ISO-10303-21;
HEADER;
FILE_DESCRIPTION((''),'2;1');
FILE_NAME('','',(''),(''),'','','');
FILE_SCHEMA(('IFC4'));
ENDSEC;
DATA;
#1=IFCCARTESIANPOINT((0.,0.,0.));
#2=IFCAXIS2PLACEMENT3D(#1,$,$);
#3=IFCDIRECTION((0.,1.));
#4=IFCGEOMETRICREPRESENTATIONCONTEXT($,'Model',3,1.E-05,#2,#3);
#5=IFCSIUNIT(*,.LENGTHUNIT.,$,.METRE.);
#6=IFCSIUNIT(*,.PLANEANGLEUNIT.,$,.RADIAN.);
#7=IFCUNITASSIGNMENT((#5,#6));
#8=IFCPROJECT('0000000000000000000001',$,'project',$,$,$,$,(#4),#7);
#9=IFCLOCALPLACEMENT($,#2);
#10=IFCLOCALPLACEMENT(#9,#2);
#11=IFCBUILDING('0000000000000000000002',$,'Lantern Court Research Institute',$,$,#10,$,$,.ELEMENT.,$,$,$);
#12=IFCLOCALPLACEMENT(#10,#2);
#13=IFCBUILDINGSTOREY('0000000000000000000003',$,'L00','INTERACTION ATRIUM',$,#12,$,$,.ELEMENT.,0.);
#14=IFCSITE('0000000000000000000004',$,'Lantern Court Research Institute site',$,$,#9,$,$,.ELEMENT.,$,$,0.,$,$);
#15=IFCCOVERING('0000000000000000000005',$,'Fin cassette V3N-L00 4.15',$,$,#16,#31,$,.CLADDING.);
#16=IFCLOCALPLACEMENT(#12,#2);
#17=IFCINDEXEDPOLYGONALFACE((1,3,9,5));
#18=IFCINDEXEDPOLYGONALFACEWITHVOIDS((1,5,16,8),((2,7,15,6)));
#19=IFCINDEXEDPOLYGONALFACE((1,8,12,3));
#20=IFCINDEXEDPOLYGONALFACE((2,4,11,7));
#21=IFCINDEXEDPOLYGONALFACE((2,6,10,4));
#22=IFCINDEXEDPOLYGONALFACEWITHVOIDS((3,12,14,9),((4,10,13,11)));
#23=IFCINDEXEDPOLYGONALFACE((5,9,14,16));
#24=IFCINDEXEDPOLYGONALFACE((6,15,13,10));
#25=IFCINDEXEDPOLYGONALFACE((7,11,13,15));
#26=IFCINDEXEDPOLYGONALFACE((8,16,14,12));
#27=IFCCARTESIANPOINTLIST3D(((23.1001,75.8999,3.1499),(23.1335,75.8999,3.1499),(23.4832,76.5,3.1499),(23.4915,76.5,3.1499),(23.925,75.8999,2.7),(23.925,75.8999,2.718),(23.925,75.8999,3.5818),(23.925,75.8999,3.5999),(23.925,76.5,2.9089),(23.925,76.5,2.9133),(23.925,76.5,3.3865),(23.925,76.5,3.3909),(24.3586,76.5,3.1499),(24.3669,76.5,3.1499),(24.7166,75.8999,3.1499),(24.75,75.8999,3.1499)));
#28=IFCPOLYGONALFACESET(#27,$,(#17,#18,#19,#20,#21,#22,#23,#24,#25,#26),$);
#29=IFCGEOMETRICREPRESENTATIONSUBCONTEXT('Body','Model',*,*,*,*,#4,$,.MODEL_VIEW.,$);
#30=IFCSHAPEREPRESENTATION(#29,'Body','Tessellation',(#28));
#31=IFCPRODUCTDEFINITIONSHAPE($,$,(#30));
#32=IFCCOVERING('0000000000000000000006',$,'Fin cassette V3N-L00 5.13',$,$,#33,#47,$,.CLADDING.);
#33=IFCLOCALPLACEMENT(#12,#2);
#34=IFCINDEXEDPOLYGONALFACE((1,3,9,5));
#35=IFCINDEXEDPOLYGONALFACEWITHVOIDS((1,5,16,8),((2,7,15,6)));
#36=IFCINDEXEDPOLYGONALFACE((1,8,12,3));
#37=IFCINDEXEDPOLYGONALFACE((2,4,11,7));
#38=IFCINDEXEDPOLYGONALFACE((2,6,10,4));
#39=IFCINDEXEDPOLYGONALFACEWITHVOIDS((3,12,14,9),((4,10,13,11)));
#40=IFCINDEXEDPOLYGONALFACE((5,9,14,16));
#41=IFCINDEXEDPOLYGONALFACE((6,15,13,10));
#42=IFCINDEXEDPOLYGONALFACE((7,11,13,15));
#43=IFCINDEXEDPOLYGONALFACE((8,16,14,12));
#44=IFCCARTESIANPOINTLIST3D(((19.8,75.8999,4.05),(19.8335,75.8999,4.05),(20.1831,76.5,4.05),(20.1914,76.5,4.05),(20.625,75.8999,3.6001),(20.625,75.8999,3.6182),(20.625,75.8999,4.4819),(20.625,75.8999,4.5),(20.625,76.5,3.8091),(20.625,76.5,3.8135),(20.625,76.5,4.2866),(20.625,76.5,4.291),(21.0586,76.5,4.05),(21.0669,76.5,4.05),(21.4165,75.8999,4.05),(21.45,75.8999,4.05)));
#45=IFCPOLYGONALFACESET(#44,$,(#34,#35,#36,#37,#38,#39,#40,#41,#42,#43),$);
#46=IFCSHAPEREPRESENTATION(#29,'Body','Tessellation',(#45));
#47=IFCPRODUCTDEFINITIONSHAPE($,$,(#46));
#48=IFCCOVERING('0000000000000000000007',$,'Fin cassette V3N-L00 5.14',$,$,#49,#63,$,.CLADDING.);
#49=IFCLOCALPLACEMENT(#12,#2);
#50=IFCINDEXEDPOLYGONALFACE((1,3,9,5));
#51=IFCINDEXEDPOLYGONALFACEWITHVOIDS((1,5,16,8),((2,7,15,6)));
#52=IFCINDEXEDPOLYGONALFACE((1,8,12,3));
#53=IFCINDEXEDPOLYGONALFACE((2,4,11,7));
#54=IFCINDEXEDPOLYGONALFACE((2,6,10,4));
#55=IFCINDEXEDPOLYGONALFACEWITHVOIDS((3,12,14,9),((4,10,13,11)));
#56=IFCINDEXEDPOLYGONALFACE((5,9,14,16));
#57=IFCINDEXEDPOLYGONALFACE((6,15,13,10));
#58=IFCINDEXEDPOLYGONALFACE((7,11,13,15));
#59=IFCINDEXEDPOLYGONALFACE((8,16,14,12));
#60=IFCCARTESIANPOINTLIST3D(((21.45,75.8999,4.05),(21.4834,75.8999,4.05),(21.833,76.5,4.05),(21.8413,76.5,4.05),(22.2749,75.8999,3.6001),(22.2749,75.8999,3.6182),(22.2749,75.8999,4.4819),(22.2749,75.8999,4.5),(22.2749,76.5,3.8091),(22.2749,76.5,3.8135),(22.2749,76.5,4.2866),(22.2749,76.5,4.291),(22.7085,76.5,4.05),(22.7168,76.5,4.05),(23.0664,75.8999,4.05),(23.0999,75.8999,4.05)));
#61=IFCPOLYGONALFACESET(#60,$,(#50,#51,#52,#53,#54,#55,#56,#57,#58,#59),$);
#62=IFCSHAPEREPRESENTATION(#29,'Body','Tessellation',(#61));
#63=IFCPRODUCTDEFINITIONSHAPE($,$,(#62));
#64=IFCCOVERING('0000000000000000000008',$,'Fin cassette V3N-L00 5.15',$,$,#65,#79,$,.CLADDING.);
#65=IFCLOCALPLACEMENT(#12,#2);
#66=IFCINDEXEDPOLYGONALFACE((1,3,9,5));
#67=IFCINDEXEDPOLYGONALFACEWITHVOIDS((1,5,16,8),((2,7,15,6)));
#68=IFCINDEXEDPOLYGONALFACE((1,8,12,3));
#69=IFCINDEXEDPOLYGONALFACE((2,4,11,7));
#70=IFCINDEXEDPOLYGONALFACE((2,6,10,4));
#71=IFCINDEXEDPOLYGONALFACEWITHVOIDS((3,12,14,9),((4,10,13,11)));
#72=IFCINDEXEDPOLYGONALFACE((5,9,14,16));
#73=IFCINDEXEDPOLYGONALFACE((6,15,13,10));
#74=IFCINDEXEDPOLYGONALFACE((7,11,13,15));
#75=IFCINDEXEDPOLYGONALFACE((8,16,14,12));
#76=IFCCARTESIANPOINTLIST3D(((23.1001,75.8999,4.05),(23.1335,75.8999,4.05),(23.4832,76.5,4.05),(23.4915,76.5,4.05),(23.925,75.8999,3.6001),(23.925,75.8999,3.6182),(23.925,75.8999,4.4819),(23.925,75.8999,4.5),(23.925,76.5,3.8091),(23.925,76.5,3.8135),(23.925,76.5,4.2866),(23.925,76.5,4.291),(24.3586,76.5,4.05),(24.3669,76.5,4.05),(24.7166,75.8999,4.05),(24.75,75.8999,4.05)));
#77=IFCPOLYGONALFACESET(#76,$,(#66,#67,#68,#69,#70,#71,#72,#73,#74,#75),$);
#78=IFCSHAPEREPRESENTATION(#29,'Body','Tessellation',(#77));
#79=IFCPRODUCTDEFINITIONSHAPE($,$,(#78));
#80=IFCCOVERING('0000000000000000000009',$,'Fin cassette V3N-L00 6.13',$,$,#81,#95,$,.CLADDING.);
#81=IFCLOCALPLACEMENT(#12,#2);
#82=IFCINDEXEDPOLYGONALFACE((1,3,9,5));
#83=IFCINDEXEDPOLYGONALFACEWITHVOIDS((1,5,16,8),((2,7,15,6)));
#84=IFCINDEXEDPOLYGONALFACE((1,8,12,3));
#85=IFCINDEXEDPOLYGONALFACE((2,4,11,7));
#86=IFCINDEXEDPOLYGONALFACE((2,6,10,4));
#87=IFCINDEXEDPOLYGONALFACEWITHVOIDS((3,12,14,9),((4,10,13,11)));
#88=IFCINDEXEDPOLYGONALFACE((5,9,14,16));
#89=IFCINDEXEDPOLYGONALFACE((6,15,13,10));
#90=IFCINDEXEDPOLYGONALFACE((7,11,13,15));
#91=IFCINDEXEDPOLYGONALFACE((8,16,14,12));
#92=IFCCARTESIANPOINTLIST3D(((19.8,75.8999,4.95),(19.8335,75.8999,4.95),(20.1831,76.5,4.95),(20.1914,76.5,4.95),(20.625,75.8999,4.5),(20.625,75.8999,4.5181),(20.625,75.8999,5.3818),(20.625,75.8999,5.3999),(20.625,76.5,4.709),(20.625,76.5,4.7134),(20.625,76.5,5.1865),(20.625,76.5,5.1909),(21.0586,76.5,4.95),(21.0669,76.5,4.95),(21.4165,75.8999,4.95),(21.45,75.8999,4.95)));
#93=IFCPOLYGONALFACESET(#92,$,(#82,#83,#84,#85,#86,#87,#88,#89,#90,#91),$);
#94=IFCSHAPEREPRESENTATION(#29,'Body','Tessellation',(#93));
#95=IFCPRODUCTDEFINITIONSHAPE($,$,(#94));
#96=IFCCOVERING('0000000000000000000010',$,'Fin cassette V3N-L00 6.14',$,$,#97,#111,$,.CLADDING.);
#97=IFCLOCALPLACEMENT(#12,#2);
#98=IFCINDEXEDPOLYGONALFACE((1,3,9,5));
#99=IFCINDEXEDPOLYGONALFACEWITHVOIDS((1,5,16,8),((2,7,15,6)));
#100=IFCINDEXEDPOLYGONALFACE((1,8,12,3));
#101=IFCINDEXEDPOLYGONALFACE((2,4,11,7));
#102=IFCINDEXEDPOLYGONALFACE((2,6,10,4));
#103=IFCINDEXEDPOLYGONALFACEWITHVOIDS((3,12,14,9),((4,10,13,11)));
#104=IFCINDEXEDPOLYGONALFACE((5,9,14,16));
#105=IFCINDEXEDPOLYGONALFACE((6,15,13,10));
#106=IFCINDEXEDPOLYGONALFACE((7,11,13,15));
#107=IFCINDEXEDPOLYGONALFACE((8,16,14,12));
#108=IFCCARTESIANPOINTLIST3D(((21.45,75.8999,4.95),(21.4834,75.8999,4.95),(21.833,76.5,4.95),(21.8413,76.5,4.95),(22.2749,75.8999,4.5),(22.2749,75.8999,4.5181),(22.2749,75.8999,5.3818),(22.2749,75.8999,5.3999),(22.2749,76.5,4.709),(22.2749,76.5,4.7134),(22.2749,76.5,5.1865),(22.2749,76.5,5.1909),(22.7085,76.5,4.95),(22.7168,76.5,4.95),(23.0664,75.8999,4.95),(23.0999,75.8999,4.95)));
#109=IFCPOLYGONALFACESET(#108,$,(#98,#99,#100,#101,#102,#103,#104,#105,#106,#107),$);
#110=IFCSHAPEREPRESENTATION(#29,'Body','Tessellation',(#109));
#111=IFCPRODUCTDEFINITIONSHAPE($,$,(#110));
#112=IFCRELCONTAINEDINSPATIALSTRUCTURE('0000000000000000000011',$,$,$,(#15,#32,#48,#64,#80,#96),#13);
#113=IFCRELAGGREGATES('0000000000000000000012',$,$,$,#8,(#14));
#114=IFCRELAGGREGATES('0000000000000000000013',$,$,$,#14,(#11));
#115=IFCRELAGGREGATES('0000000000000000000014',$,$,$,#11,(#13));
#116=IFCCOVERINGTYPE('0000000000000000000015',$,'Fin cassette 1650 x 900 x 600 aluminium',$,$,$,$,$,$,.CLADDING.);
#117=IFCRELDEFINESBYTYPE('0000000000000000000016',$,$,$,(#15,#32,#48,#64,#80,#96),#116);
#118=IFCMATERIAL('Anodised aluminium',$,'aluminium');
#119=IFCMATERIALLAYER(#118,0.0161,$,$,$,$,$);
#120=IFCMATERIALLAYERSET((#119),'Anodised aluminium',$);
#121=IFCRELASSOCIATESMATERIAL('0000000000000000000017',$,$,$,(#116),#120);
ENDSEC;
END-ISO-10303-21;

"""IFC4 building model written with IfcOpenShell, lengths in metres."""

from ifc_helpers import new_model, entity, si_unit, direction, frame, origin, place, context, subcontext, project, spatial, material, layer, layer_set, type_object, element, save


model = new_model("IFC4")

# Units and contexts
model_context = context("Model", 3, precision=1e-05, world=origin(), true_north=direction((0.0, 1.0)))
body_context = subcontext(model_context, "Body", "Model", "MODEL_VIEW")
ifc_project = project(units=[si_unit("LENGTHUNIT", "METRE"), si_unit("PLANEANGLEUNIT", "RADIAN")], contexts=[model_context])

# Site, building, storey
site_placement = place(None, origin())
site = spatial("IfcSite", under=ifc_project, at=site_placement, Name="Lantern Court Research Institute site", CompositionType="ELEMENT", RefElevation=0.0)
building_placement = place(site_placement, origin())
building = spatial("IfcBuilding", under=site, at=building_placement, Name="Lantern Court Research Institute", CompositionType="ELEMENT")
storey_placement = place(building_placement, origin())
storey = spatial("IfcBuildingStorey", under=building, at=storey_placement, Name="L00", Description="INTERACTION ATRIUM", CompositionType="ELEMENT", Elevation=0.0)

# Coverings
ifc_material_1 = material(Name="Anodised aluminium", Category="aluminium")
ifc_layer_1 = layer(ifc_material_1, 0.0161)
ifc_layer_set_1 = layer_set([ifc_layer_1], Name="Anodised aluminium")
covering_type = type_object("IfcCoveringType", Name="Fin cassette 1650 x 900 x 600 aluminium", PredefinedType="CLADDING", material=ifc_layer_set_1)
covering_1_placement = place(storey_placement, frame((23.925, 75.8999, 3.1499), z_axis=(0.0, 1.0, 0.0), x_axis=(-1.0, 0.0, 0.0)))
cartesian_point_1 = entity("IfcCartesianPoint", [0.825, 0.0])
cartesian_point_2 = entity("IfcCartesianPoint", [0.7915, 0.0])
cartesian_point_3 = entity("IfcCartesianPoint", [0.4419, 0.0])
cartesian_point_4 = entity("IfcCartesianPoint", [0.4336, 0.0])
element("IfcCovering", 1, at=covering_1_placement, inside=storey, type_object=covering_type, Name="Fin cassette V3N-L00 4.15", PredefinedType="CLADDING", context=body_context, shape_type="SweptSolid", body=[
    entity("IfcExtrudedAreaSolidTapered", entity("IfcArbitraryProfileDefWithVoids", "AREA", None, entity("IfcPolyline", [cartesian_point_1, entity("IfcCartesianPoint", [0.0, 0.45]), entity("IfcCartesianPoint", [-0.825, 0.0]), entity("IfcCartesianPoint", [0.0, -0.45]), cartesian_point_1]), [entity("IfcPolyline", [cartesian_point_2, entity("IfcCartesianPoint", [0.0, 0.4319]), entity("IfcCartesianPoint", [-0.7915, 0.0]), entity("IfcCartesianPoint", [0.0, -0.4319]), cartesian_point_2])]), entity("IfcAxis2Placement3D", entity("IfcCartesianPoint", [0.0, 0.0, 0.0])), entity("IfcDirection", [0.0, 0.0, 1.0]), 0.6001, entity("IfcArbitraryProfileDefWithVoids", "AREA", None, entity("IfcPolyline", [cartesian_point_3, entity("IfcCartesianPoint", [0.0, 0.241]), entity("IfcCartesianPoint", [-0.4419, 0.0]), entity("IfcCartesianPoint", [0.0, -0.241]), cartesian_point_3]), [entity("IfcPolyline", [cartesian_point_4, entity("IfcCartesianPoint", [0.0, 0.2366]), entity("IfcCartesianPoint", [-0.4336, 0.0]), entity("IfcCartesianPoint", [0.0, -0.2366]), cartesian_point_4])])),
])
covering_2_placement = place(storey_placement, frame((20.625, 75.8999, 4.05), z_axis=(0.0, 1.0, 0.0), x_axis=(-1.0, 0.0, 0.0)))
cartesian_point_5 = entity("IfcCartesianPoint", [0.825, 0.0])
cartesian_point_6 = entity("IfcCartesianPoint", [0.7915, 0.0])
cartesian_point_7 = entity("IfcCartesianPoint", [0.4419, 0.0])
cartesian_point_8 = entity("IfcCartesianPoint", [0.4336, 0.0])
element("IfcCovering", 2, at=covering_2_placement, inside=storey, type_object=covering_type, Name="Fin cassette V3N-L00 5.13", PredefinedType="CLADDING", context=body_context, shape_type="SweptSolid", body=[
    entity("IfcExtrudedAreaSolidTapered", entity("IfcArbitraryProfileDefWithVoids", "AREA", None, entity("IfcPolyline", [cartesian_point_5, entity("IfcCartesianPoint", [0.0, 0.45]), entity("IfcCartesianPoint", [-0.825, 0.0]), entity("IfcCartesianPoint", [0.0, -0.45]), cartesian_point_5]), [entity("IfcPolyline", [cartesian_point_6, entity("IfcCartesianPoint", [0.0, 0.4319]), entity("IfcCartesianPoint", [-0.7915, 0.0]), entity("IfcCartesianPoint", [0.0, -0.4319]), cartesian_point_6])]), entity("IfcAxis2Placement3D", entity("IfcCartesianPoint", [0.0, 0.0, 0.0])), entity("IfcDirection", [0.0, 0.0, 1.0]), 0.6001, entity("IfcArbitraryProfileDefWithVoids", "AREA", None, entity("IfcPolyline", [cartesian_point_7, entity("IfcCartesianPoint", [0.0, 0.241]), entity("IfcCartesianPoint", [-0.4419, 0.0]), entity("IfcCartesianPoint", [0.0, -0.241]), cartesian_point_7]), [entity("IfcPolyline", [cartesian_point_8, entity("IfcCartesianPoint", [0.0, 0.2366]), entity("IfcCartesianPoint", [-0.4336, 0.0]), entity("IfcCartesianPoint", [0.0, -0.2366]), cartesian_point_8])])),
])
covering_3_placement = place(storey_placement, frame((22.2749, 75.8999, 4.05), z_axis=(0.0, 1.0, 0.0), x_axis=(-1.0, 0.0, 0.0)))
cartesian_point_9 = entity("IfcCartesianPoint", [0.825, 0.0])
cartesian_point_10 = entity("IfcCartesianPoint", [0.7915, 0.0])
cartesian_point_11 = entity("IfcCartesianPoint", [0.4419, 0.0])
cartesian_point_12 = entity("IfcCartesianPoint", [0.4336, 0.0])
element("IfcCovering", 3, at=covering_3_placement, inside=storey, type_object=covering_type, Name="Fin cassette V3N-L00 5.14", PredefinedType="CLADDING", context=body_context, shape_type="SweptSolid", body=[
    entity("IfcExtrudedAreaSolidTapered", entity("IfcArbitraryProfileDefWithVoids", "AREA", None, entity("IfcPolyline", [cartesian_point_9, entity("IfcCartesianPoint", [0.0, 0.45]), entity("IfcCartesianPoint", [-0.825, 0.0]), entity("IfcCartesianPoint", [0.0, -0.45]), cartesian_point_9]), [entity("IfcPolyline", [cartesian_point_10, entity("IfcCartesianPoint", [0.0, 0.4319]), entity("IfcCartesianPoint", [-0.7915, 0.0]), entity("IfcCartesianPoint", [0.0, -0.4319]), cartesian_point_10])]), entity("IfcAxis2Placement3D", entity("IfcCartesianPoint", [0.0, 0.0, 0.0])), entity("IfcDirection", [0.0, 0.0, 1.0]), 0.6001, entity("IfcArbitraryProfileDefWithVoids", "AREA", None, entity("IfcPolyline", [cartesian_point_11, entity("IfcCartesianPoint", [0.0, 0.241]), entity("IfcCartesianPoint", [-0.4419, 0.0]), entity("IfcCartesianPoint", [0.0, -0.241]), cartesian_point_11]), [entity("IfcPolyline", [cartesian_point_12, entity("IfcCartesianPoint", [0.0, 0.2366]), entity("IfcCartesianPoint", [-0.4336, 0.0]), entity("IfcCartesianPoint", [0.0, -0.2366]), cartesian_point_12])])),
])
covering_4_placement = place(storey_placement, frame((23.925, 75.8999, 4.05), z_axis=(0.0, 1.0, 0.0), x_axis=(-1.0, 0.0, 0.0)))
cartesian_point_13 = entity("IfcCartesianPoint", [0.825, 0.0])
cartesian_point_14 = entity("IfcCartesianPoint", [0.7915, 0.0])
cartesian_point_15 = entity("IfcCartesianPoint", [0.4419, 0.0])
cartesian_point_16 = entity("IfcCartesianPoint", [0.4336, 0.0])
element("IfcCovering", 4, at=covering_4_placement, inside=storey, type_object=covering_type, Name="Fin cassette V3N-L00 5.15", PredefinedType="CLADDING", context=body_context, shape_type="SweptSolid", body=[
    entity("IfcExtrudedAreaSolidTapered", entity("IfcArbitraryProfileDefWithVoids", "AREA", None, entity("IfcPolyline", [cartesian_point_13, entity("IfcCartesianPoint", [0.0, 0.45]), entity("IfcCartesianPoint", [-0.825, 0.0]), entity("IfcCartesianPoint", [0.0, -0.45]), cartesian_point_13]), [entity("IfcPolyline", [cartesian_point_14, entity("IfcCartesianPoint", [0.0, 0.4319]), entity("IfcCartesianPoint", [-0.7915, 0.0]), entity("IfcCartesianPoint", [0.0, -0.4319]), cartesian_point_14])]), entity("IfcAxis2Placement3D", entity("IfcCartesianPoint", [0.0, 0.0, 0.0])), entity("IfcDirection", [0.0, 0.0, 1.0]), 0.6001, entity("IfcArbitraryProfileDefWithVoids", "AREA", None, entity("IfcPolyline", [cartesian_point_15, entity("IfcCartesianPoint", [0.0, 0.241]), entity("IfcCartesianPoint", [-0.4419, 0.0]), entity("IfcCartesianPoint", [0.0, -0.241]), cartesian_point_15]), [entity("IfcPolyline", [cartesian_point_16, entity("IfcCartesianPoint", [0.0, 0.2366]), entity("IfcCartesianPoint", [-0.4336, 0.0]), entity("IfcCartesianPoint", [0.0, -0.2366]), cartesian_point_16])])),
])
covering_5_placement = place(storey_placement, frame((20.625, 75.8999, 4.95), z_axis=(0.0, 1.0, 0.0), x_axis=(-1.0, 0.0, 0.0)))
cartesian_point_17 = entity("IfcCartesianPoint", [0.825, 0.0])
cartesian_point_18 = entity("IfcCartesianPoint", [0.7915, 0.0])
cartesian_point_19 = entity("IfcCartesianPoint", [0.4419, 0.0])
cartesian_point_20 = entity("IfcCartesianPoint", [0.4336, 0.0])
element("IfcCovering", 5, at=covering_5_placement, inside=storey, type_object=covering_type, Name="Fin cassette V3N-L00 6.13", PredefinedType="CLADDING", context=body_context, shape_type="SweptSolid", body=[
    entity("IfcExtrudedAreaSolidTapered", entity("IfcArbitraryProfileDefWithVoids", "AREA", None, entity("IfcPolyline", [cartesian_point_17, entity("IfcCartesianPoint", [0.0, 0.45]), entity("IfcCartesianPoint", [-0.825, 0.0]), entity("IfcCartesianPoint", [0.0, -0.45]), cartesian_point_17]), [entity("IfcPolyline", [cartesian_point_18, entity("IfcCartesianPoint", [0.0, 0.4319]), entity("IfcCartesianPoint", [-0.7915, 0.0]), entity("IfcCartesianPoint", [0.0, -0.4319]), cartesian_point_18])]), entity("IfcAxis2Placement3D", entity("IfcCartesianPoint", [0.0, 0.0, 0.0])), entity("IfcDirection", [0.0, 0.0, 1.0]), 0.6001, entity("IfcArbitraryProfileDefWithVoids", "AREA", None, entity("IfcPolyline", [cartesian_point_19, entity("IfcCartesianPoint", [0.0, 0.241]), entity("IfcCartesianPoint", [-0.4419, 0.0]), entity("IfcCartesianPoint", [0.0, -0.241]), cartesian_point_19]), [entity("IfcPolyline", [cartesian_point_20, entity("IfcCartesianPoint", [0.0, 0.2366]), entity("IfcCartesianPoint", [-0.4336, 0.0]), entity("IfcCartesianPoint", [0.0, -0.2366]), cartesian_point_20])])),
])
covering_6_placement = place(storey_placement, frame((22.2749, 75.8999, 4.95), z_axis=(0.0, 1.0, 0.0), x_axis=(-1.0, 0.0, 0.0)))
cartesian_point_21 = entity("IfcCartesianPoint", [0.825, 0.0])
cartesian_point_22 = entity("IfcCartesianPoint", [0.7915, 0.0])
cartesian_point_23 = entity("IfcCartesianPoint", [0.4419, 0.0])
cartesian_point_24 = entity("IfcCartesianPoint", [0.4336, 0.0])
element("IfcCovering", 6, at=covering_6_placement, inside=storey, type_object=covering_type, Name="Fin cassette V3N-L00 6.14", PredefinedType="CLADDING", context=body_context, shape_type="SweptSolid", body=[
    entity("IfcExtrudedAreaSolidTapered", entity("IfcArbitraryProfileDefWithVoids", "AREA", None, entity("IfcPolyline", [cartesian_point_21, entity("IfcCartesianPoint", [0.0, 0.45]), entity("IfcCartesianPoint", [-0.825, 0.0]), entity("IfcCartesianPoint", [0.0, -0.45]), cartesian_point_21]), [entity("IfcPolyline", [cartesian_point_22, entity("IfcCartesianPoint", [0.0, 0.4319]), entity("IfcCartesianPoint", [-0.7915, 0.0]), entity("IfcCartesianPoint", [0.0, -0.4319]), cartesian_point_22])]), entity("IfcAxis2Placement3D", entity("IfcCartesianPoint", [0.0, 0.0, 0.0])), entity("IfcDirection", [0.0, 0.0, 1.0]), 0.6001, entity("IfcArbitraryProfileDefWithVoids", "AREA", None, entity("IfcPolyline", [cartesian_point_23, entity("IfcCartesianPoint", [0.0, 0.241]), entity("IfcCartesianPoint", [-0.4419, 0.0]), entity("IfcCartesianPoint", [0.0, -0.241]), cartesian_point_23]), [entity("IfcPolyline", [cartesian_point_24, entity("IfcCartesianPoint", [0.0, 0.2366]), entity("IfcCartesianPoint", [-0.4336, 0.0]), entity("IfcCartesianPoint", [0.0, -0.2366]), cartesian_point_24])])),
])

save(model, "model.ifc")
